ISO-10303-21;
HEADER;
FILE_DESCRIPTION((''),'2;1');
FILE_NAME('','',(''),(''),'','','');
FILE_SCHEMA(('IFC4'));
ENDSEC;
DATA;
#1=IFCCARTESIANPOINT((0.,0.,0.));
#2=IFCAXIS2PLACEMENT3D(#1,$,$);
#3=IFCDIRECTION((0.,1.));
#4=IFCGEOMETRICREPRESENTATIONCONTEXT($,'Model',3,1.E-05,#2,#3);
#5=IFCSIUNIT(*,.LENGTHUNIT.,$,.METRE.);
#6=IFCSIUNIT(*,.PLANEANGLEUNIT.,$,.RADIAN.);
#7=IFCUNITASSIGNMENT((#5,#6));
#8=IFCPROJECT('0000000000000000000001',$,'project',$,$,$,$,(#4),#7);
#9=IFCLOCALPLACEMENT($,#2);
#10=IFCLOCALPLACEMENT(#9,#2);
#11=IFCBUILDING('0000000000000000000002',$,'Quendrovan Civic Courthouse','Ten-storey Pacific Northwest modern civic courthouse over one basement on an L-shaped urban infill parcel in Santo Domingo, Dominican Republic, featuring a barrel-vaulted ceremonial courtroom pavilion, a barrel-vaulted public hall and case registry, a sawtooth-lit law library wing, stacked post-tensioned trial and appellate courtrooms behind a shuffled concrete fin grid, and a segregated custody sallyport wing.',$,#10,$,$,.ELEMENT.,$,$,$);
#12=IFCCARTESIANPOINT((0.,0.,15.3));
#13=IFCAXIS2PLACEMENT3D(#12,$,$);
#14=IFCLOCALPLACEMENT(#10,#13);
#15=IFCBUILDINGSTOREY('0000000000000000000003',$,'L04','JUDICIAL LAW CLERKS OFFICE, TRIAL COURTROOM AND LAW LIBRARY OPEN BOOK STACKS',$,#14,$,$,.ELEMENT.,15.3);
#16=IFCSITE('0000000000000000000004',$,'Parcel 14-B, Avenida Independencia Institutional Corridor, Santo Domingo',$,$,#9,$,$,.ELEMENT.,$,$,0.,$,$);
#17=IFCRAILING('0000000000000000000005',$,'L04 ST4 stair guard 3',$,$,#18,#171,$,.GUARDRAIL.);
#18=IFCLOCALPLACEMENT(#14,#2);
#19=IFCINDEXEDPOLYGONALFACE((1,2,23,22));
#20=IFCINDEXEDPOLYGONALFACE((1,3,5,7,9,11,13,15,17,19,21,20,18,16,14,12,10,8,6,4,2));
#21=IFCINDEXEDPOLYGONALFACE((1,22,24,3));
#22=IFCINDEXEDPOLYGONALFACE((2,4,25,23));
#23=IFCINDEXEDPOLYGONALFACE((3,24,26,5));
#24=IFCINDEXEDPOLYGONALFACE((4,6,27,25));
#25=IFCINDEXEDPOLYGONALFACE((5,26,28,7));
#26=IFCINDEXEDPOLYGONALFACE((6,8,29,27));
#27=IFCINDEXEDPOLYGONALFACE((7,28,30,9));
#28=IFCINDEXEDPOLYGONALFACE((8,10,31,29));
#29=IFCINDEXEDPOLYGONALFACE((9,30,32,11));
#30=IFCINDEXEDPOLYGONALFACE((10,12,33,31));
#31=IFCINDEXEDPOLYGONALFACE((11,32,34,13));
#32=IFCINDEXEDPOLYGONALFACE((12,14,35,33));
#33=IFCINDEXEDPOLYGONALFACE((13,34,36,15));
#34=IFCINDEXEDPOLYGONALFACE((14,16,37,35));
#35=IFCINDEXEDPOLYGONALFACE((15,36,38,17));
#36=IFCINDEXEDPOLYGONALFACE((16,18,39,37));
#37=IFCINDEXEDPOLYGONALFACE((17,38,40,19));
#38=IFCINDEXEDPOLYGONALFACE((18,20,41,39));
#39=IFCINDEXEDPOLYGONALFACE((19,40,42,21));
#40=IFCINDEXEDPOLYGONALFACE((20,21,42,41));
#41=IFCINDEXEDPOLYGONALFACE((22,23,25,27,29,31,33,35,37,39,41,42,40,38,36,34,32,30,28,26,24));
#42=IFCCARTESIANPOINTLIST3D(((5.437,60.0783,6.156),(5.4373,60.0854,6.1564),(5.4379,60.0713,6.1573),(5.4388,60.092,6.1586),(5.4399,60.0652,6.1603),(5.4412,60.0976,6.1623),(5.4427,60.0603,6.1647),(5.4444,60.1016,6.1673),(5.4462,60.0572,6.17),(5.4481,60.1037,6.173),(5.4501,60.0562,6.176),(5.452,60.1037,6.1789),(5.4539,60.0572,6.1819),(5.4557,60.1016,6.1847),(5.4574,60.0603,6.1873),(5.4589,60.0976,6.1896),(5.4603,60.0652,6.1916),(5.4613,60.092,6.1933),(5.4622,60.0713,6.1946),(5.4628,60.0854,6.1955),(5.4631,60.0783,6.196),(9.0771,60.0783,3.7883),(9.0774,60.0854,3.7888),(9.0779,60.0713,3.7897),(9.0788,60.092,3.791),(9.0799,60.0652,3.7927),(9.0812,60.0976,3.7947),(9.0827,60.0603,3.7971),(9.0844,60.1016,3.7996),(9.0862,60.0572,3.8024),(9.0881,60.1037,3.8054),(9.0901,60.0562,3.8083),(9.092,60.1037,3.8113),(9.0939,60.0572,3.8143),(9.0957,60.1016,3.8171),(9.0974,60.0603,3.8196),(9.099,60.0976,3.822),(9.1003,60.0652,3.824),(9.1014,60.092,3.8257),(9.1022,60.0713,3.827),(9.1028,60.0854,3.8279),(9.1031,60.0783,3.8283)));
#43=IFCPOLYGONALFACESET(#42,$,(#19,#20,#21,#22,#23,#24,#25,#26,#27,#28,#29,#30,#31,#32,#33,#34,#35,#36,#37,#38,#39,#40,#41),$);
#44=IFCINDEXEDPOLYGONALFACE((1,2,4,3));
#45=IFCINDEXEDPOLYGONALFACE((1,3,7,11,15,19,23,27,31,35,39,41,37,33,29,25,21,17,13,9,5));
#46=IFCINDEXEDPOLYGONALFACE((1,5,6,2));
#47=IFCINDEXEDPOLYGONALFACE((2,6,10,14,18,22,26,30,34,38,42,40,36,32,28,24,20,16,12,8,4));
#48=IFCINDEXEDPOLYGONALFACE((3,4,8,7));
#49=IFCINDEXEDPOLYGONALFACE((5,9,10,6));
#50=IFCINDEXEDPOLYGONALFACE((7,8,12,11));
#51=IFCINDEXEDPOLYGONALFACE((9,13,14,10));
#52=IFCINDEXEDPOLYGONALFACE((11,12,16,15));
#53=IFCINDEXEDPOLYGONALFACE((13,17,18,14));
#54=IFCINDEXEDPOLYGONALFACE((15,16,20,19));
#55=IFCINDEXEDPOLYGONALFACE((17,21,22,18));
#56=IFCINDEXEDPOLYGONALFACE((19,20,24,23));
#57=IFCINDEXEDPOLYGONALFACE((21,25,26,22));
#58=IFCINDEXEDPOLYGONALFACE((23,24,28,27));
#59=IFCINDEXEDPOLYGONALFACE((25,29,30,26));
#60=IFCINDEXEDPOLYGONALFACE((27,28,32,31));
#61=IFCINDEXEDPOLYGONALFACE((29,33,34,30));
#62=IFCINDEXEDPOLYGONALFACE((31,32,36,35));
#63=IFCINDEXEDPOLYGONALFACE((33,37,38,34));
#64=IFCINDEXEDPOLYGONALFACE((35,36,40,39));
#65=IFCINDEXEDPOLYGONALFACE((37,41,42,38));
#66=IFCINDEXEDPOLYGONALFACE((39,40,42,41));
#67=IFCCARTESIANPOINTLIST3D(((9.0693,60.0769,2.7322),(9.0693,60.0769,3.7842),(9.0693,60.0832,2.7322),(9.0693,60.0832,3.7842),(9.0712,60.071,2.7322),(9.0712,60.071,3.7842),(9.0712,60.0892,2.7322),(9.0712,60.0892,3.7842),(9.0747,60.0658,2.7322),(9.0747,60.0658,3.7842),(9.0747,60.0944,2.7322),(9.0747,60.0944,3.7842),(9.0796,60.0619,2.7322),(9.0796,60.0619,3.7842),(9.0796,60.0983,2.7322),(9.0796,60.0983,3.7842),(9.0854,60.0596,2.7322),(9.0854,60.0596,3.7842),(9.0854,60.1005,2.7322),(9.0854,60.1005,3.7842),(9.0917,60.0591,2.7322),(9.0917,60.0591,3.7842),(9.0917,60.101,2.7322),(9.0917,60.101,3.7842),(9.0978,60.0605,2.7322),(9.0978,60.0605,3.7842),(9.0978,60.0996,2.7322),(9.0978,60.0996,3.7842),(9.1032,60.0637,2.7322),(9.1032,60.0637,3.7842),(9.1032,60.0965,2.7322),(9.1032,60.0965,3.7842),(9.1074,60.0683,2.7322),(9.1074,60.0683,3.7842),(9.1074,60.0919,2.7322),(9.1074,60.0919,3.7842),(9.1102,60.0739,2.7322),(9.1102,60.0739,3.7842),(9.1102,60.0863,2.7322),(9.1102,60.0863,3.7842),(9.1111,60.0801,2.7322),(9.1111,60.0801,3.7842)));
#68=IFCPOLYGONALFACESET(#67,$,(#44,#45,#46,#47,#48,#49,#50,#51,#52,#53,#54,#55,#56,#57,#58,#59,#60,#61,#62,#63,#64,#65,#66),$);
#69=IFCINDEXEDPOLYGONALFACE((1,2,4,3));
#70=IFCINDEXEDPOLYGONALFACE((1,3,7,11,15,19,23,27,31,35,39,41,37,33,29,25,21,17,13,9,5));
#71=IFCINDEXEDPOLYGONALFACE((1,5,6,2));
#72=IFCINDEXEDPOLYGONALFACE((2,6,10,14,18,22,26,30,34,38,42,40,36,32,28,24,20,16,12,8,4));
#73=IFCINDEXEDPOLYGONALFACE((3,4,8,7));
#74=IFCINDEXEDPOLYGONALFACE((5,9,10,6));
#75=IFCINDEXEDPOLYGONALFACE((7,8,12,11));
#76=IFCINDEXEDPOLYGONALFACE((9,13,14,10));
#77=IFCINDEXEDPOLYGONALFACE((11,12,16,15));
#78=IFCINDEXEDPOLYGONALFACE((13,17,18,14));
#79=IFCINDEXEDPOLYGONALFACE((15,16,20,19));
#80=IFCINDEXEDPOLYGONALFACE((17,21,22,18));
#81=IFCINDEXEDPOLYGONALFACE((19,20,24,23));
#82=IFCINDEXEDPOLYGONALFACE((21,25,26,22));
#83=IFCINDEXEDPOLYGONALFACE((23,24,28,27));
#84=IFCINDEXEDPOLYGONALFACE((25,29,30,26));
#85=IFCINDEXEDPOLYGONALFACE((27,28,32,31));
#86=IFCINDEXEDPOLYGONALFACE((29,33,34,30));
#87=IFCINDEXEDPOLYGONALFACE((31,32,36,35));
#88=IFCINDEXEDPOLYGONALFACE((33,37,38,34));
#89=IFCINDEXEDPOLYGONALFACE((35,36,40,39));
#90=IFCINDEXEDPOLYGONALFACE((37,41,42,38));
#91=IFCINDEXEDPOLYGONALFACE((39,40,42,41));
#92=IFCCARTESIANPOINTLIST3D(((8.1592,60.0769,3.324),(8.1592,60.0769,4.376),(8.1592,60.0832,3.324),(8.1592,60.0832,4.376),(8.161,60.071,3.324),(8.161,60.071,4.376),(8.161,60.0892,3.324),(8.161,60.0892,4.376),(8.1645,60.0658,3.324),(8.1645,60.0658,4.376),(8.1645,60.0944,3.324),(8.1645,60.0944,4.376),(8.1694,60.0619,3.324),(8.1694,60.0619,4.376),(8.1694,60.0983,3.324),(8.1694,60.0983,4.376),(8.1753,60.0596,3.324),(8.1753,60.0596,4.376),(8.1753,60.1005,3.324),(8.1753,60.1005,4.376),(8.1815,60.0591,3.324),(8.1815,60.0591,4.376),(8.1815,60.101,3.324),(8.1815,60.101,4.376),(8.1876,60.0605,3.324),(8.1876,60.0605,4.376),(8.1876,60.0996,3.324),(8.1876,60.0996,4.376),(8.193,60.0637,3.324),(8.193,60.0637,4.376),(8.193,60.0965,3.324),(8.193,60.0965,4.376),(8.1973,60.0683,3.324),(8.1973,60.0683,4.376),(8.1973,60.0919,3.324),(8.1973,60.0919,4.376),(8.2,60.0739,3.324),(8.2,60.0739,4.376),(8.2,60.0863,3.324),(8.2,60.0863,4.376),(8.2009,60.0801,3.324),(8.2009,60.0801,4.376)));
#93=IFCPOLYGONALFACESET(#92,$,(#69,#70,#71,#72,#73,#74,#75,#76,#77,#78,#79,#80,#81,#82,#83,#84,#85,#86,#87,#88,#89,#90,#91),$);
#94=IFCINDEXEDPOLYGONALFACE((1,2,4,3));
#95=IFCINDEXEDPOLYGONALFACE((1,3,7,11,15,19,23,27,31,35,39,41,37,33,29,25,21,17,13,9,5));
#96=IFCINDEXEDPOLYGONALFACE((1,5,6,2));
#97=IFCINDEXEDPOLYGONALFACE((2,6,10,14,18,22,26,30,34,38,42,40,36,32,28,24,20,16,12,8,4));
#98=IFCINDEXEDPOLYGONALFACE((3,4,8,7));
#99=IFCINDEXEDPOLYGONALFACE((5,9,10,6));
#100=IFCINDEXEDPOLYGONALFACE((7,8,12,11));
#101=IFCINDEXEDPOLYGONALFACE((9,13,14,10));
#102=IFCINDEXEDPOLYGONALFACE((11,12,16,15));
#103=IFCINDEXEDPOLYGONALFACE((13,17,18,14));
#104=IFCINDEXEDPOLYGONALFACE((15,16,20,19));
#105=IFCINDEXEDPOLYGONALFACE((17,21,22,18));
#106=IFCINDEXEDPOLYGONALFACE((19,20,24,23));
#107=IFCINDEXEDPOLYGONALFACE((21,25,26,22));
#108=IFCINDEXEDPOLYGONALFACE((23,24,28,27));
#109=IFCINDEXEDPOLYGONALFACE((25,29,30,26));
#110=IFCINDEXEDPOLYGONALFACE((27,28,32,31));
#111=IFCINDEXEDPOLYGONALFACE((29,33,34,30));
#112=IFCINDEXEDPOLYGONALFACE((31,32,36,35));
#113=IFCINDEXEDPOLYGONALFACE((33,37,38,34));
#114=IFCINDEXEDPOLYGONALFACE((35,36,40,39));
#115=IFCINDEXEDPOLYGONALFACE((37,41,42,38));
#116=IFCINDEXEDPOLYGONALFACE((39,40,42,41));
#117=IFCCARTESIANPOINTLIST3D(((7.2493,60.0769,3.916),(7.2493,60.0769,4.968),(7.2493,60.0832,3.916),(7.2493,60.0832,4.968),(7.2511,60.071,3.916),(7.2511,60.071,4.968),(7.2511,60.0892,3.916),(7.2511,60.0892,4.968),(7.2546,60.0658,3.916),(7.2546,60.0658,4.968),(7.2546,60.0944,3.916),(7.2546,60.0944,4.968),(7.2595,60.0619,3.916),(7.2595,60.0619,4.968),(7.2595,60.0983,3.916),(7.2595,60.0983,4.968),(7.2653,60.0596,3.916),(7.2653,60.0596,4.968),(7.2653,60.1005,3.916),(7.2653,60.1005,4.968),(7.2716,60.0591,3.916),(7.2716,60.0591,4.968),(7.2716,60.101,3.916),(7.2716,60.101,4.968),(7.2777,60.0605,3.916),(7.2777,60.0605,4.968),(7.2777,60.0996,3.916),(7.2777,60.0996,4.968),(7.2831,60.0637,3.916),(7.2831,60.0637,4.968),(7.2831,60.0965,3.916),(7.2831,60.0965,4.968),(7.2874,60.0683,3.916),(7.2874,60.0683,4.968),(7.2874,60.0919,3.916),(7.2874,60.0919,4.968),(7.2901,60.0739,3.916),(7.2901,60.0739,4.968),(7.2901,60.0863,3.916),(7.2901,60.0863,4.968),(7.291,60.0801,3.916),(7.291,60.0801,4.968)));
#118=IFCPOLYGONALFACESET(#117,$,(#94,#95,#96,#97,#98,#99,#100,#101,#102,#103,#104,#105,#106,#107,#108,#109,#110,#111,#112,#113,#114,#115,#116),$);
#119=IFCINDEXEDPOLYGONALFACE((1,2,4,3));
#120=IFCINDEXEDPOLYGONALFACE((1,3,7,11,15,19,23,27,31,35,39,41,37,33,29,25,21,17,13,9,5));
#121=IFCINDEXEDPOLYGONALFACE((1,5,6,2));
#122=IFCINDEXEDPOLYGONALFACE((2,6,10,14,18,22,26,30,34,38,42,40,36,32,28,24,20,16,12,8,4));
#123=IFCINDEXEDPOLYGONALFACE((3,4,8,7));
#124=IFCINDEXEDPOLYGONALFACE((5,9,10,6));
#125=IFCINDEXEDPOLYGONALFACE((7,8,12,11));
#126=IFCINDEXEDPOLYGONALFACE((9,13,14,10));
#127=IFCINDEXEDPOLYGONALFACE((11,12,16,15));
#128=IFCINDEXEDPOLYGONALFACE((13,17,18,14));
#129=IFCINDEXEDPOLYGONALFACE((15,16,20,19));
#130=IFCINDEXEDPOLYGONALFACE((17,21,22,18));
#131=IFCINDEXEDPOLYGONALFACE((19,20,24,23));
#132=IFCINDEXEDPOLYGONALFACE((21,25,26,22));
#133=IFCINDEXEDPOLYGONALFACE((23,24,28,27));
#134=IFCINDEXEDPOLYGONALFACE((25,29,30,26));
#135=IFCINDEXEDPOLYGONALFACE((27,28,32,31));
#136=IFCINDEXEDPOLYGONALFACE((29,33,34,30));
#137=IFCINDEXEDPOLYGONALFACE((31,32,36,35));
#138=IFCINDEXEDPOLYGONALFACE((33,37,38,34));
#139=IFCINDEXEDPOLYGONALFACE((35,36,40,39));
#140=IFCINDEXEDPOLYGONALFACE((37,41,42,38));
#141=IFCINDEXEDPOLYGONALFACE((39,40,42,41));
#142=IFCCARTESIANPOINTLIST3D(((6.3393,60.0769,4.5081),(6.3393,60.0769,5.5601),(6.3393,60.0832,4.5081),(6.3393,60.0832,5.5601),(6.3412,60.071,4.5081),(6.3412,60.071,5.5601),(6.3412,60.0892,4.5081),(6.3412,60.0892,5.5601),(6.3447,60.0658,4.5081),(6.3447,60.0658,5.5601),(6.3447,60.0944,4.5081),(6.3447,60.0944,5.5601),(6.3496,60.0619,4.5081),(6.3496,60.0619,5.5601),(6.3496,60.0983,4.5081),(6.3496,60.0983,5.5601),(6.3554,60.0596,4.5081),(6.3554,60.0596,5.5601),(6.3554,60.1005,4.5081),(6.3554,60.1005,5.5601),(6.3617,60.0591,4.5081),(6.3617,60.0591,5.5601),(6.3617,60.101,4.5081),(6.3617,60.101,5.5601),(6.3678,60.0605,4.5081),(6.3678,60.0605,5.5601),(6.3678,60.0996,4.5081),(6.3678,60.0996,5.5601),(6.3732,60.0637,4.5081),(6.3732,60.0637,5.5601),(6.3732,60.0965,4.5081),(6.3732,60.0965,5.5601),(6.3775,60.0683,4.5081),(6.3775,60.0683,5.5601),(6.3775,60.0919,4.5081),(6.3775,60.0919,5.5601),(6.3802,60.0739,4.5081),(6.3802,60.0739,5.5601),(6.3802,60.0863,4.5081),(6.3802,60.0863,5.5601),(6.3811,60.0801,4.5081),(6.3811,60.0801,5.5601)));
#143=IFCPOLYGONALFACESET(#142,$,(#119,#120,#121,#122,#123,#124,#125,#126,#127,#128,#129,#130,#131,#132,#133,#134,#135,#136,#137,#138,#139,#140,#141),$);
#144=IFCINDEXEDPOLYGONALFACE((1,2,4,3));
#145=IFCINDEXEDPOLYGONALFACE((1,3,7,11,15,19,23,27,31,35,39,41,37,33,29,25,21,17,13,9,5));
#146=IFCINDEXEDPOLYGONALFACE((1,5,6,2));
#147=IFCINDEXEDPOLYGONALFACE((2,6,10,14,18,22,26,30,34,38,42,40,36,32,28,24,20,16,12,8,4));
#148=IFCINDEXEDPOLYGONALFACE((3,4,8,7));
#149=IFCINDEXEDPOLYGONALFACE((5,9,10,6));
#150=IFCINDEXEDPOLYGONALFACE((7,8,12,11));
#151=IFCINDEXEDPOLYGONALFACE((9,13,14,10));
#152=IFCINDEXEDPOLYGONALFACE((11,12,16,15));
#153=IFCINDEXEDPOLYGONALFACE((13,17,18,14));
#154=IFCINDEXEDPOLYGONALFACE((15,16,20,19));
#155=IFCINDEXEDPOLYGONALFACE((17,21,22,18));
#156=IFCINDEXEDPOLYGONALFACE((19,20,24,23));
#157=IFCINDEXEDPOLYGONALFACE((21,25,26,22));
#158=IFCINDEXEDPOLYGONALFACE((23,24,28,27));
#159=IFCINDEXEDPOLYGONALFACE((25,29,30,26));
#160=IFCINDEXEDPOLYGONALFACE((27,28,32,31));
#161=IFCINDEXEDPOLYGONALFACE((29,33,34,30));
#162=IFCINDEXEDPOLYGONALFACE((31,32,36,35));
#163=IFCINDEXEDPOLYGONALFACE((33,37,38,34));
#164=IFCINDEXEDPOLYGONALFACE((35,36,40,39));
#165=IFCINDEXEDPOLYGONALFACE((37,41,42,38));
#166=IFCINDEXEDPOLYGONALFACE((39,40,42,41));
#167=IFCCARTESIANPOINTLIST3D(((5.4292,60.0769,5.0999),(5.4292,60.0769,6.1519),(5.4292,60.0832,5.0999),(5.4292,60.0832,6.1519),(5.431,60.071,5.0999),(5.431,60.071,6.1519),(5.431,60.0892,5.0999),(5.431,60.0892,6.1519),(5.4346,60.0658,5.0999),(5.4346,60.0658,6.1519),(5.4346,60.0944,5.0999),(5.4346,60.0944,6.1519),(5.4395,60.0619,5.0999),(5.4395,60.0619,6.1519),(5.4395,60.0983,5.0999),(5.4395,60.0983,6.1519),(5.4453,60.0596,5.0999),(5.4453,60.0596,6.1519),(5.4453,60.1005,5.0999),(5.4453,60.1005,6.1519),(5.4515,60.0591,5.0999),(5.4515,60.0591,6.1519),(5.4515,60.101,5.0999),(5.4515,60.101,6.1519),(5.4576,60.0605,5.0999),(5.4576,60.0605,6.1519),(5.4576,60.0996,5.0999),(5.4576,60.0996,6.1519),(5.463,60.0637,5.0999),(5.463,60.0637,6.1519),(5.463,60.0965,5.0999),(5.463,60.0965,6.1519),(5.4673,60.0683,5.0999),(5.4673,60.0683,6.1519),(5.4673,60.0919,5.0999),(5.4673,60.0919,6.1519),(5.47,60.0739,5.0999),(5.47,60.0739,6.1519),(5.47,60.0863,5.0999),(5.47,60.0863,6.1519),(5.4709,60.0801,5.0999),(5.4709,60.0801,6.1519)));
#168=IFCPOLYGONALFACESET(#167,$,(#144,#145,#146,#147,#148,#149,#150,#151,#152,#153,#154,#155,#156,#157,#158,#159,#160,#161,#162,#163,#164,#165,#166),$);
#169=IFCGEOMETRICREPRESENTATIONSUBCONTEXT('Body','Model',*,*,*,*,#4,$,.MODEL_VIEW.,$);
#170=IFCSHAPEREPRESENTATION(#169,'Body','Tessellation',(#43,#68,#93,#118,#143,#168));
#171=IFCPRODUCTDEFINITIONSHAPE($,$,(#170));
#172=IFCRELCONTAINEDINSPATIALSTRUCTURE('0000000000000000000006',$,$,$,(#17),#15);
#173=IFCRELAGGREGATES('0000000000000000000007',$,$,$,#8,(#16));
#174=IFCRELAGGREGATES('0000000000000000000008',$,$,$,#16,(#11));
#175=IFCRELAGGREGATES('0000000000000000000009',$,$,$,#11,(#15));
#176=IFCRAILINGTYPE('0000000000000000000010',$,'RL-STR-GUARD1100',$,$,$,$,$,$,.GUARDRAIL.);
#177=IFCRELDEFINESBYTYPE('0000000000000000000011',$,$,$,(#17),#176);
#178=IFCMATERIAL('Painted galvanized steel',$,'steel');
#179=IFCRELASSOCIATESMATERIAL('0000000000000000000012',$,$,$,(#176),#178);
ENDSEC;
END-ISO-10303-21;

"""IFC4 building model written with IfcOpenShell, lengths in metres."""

from ifc_helpers import new_model, si_unit, direction, frame, origin, origin_2d, place, context, subcontext, project, spatial, circle, extrude, material, type_object, element, save


model = new_model("IFC4")

# Units and contexts
model_context = context("Model", 3, precision=1e-05, world=origin(), true_north=direction((0.0, 1.0)))
body_context = subcontext(model_context, "Body", "Model", "MODEL_VIEW")
ifc_project = project(units=[si_unit("LENGTHUNIT", "METRE"), si_unit("PLANEANGLEUNIT", "RADIAN")], contexts=[model_context])

# Site, building, storey
site_placement = place(None, origin())
site = spatial("IfcSite", under=ifc_project, at=site_placement, Name="Parcel 14-B, Avenida Independencia Institutional Corridor, Santo Domingo", CompositionType="ELEMENT", RefElevation=0.0)
building_placement = place(site_placement, origin())
building = spatial("IfcBuilding", under=site, at=building_placement, Name="Quendrovan Civic Courthouse", Description="Ten-storey Pacific Northwest modern civic courthouse over one basement on an L-shaped urban infill parcel in Santo Domingo, Dominican Republic, featuring a barrel-vaulted ceremonial courtroom pavilion, a barrel-vaulted public hall and case registry, a sawtooth-lit law library wing, stacked post-tensioned trial and appellate courtrooms behind a shuffled concrete fin grid, and a segregated custody sallyport wing.", CompositionType="ELEMENT")
storey_placement = place(building_placement, frame((0.0, 0.0, 15.3)))
storey = spatial("IfcBuildingStorey", under=building, at=storey_placement, Name="L04", Description="JUDICIAL LAW CLERKS OFFICE, TRIAL COURTROOM AND LAW LIBRARY OPEN BOOK STACKS", CompositionType="ELEMENT", Elevation=15.3)

# Railing
ifc_material_1 = material(Name="Painted galvanized steel", Category="steel")
railing_type_1 = type_object("IfcRailingType", Name="RL-STR-GUARD1100", PredefinedType="GUARDRAIL", material=ifc_material_1)
railing_1_placement = place(storey_placement, frame((9.0901, 60.0801, 2.7322)))
element("IfcRailing", 1, at=railing_1_placement, inside=storey, type_object=railing_type_1, Name="L04 ST4 stair guard 3", PredefinedType="GUARDRAIL", context=body_context, shape_type="SweptSolid", body=[
    extrude(circle(Radius=0.0239, at=origin_2d()), frame((0.0, 0.0, 1.0762), z_axis=(-0.838277, 0.0, 0.545245), x_axis=(0.0, -1.0, 0.0)), (0.0, 0.0, 1.0), 4.3423),
    extrude(circle(Radius=0.021, at=origin_2d()), origin(), (0.0, 0.0, 1.0), 1.052),
    extrude(circle(Radius=0.021, at=origin_2d()), frame((-0.9102, 0.0, 0.5918)), (0.0, 0.0, 1.0), 1.052),
    extrude(circle(Radius=0.021, at=origin_2d()), frame((-1.8201, 0.0, 1.1838)), (0.0, 0.0, 1.0), 1.052),
    extrude(circle(Radius=0.021, at=origin_2d()), frame((-2.73, 0.0, 1.7759)), (0.0, 0.0, 1.0), 1.052),
    extrude(circle(Radius=0.021, at=origin_2d()), frame((-3.6401, 0.0, 2.3677)), (0.0, 0.0, 1.0), 1.052),
])

save(model, "model.ifc")
